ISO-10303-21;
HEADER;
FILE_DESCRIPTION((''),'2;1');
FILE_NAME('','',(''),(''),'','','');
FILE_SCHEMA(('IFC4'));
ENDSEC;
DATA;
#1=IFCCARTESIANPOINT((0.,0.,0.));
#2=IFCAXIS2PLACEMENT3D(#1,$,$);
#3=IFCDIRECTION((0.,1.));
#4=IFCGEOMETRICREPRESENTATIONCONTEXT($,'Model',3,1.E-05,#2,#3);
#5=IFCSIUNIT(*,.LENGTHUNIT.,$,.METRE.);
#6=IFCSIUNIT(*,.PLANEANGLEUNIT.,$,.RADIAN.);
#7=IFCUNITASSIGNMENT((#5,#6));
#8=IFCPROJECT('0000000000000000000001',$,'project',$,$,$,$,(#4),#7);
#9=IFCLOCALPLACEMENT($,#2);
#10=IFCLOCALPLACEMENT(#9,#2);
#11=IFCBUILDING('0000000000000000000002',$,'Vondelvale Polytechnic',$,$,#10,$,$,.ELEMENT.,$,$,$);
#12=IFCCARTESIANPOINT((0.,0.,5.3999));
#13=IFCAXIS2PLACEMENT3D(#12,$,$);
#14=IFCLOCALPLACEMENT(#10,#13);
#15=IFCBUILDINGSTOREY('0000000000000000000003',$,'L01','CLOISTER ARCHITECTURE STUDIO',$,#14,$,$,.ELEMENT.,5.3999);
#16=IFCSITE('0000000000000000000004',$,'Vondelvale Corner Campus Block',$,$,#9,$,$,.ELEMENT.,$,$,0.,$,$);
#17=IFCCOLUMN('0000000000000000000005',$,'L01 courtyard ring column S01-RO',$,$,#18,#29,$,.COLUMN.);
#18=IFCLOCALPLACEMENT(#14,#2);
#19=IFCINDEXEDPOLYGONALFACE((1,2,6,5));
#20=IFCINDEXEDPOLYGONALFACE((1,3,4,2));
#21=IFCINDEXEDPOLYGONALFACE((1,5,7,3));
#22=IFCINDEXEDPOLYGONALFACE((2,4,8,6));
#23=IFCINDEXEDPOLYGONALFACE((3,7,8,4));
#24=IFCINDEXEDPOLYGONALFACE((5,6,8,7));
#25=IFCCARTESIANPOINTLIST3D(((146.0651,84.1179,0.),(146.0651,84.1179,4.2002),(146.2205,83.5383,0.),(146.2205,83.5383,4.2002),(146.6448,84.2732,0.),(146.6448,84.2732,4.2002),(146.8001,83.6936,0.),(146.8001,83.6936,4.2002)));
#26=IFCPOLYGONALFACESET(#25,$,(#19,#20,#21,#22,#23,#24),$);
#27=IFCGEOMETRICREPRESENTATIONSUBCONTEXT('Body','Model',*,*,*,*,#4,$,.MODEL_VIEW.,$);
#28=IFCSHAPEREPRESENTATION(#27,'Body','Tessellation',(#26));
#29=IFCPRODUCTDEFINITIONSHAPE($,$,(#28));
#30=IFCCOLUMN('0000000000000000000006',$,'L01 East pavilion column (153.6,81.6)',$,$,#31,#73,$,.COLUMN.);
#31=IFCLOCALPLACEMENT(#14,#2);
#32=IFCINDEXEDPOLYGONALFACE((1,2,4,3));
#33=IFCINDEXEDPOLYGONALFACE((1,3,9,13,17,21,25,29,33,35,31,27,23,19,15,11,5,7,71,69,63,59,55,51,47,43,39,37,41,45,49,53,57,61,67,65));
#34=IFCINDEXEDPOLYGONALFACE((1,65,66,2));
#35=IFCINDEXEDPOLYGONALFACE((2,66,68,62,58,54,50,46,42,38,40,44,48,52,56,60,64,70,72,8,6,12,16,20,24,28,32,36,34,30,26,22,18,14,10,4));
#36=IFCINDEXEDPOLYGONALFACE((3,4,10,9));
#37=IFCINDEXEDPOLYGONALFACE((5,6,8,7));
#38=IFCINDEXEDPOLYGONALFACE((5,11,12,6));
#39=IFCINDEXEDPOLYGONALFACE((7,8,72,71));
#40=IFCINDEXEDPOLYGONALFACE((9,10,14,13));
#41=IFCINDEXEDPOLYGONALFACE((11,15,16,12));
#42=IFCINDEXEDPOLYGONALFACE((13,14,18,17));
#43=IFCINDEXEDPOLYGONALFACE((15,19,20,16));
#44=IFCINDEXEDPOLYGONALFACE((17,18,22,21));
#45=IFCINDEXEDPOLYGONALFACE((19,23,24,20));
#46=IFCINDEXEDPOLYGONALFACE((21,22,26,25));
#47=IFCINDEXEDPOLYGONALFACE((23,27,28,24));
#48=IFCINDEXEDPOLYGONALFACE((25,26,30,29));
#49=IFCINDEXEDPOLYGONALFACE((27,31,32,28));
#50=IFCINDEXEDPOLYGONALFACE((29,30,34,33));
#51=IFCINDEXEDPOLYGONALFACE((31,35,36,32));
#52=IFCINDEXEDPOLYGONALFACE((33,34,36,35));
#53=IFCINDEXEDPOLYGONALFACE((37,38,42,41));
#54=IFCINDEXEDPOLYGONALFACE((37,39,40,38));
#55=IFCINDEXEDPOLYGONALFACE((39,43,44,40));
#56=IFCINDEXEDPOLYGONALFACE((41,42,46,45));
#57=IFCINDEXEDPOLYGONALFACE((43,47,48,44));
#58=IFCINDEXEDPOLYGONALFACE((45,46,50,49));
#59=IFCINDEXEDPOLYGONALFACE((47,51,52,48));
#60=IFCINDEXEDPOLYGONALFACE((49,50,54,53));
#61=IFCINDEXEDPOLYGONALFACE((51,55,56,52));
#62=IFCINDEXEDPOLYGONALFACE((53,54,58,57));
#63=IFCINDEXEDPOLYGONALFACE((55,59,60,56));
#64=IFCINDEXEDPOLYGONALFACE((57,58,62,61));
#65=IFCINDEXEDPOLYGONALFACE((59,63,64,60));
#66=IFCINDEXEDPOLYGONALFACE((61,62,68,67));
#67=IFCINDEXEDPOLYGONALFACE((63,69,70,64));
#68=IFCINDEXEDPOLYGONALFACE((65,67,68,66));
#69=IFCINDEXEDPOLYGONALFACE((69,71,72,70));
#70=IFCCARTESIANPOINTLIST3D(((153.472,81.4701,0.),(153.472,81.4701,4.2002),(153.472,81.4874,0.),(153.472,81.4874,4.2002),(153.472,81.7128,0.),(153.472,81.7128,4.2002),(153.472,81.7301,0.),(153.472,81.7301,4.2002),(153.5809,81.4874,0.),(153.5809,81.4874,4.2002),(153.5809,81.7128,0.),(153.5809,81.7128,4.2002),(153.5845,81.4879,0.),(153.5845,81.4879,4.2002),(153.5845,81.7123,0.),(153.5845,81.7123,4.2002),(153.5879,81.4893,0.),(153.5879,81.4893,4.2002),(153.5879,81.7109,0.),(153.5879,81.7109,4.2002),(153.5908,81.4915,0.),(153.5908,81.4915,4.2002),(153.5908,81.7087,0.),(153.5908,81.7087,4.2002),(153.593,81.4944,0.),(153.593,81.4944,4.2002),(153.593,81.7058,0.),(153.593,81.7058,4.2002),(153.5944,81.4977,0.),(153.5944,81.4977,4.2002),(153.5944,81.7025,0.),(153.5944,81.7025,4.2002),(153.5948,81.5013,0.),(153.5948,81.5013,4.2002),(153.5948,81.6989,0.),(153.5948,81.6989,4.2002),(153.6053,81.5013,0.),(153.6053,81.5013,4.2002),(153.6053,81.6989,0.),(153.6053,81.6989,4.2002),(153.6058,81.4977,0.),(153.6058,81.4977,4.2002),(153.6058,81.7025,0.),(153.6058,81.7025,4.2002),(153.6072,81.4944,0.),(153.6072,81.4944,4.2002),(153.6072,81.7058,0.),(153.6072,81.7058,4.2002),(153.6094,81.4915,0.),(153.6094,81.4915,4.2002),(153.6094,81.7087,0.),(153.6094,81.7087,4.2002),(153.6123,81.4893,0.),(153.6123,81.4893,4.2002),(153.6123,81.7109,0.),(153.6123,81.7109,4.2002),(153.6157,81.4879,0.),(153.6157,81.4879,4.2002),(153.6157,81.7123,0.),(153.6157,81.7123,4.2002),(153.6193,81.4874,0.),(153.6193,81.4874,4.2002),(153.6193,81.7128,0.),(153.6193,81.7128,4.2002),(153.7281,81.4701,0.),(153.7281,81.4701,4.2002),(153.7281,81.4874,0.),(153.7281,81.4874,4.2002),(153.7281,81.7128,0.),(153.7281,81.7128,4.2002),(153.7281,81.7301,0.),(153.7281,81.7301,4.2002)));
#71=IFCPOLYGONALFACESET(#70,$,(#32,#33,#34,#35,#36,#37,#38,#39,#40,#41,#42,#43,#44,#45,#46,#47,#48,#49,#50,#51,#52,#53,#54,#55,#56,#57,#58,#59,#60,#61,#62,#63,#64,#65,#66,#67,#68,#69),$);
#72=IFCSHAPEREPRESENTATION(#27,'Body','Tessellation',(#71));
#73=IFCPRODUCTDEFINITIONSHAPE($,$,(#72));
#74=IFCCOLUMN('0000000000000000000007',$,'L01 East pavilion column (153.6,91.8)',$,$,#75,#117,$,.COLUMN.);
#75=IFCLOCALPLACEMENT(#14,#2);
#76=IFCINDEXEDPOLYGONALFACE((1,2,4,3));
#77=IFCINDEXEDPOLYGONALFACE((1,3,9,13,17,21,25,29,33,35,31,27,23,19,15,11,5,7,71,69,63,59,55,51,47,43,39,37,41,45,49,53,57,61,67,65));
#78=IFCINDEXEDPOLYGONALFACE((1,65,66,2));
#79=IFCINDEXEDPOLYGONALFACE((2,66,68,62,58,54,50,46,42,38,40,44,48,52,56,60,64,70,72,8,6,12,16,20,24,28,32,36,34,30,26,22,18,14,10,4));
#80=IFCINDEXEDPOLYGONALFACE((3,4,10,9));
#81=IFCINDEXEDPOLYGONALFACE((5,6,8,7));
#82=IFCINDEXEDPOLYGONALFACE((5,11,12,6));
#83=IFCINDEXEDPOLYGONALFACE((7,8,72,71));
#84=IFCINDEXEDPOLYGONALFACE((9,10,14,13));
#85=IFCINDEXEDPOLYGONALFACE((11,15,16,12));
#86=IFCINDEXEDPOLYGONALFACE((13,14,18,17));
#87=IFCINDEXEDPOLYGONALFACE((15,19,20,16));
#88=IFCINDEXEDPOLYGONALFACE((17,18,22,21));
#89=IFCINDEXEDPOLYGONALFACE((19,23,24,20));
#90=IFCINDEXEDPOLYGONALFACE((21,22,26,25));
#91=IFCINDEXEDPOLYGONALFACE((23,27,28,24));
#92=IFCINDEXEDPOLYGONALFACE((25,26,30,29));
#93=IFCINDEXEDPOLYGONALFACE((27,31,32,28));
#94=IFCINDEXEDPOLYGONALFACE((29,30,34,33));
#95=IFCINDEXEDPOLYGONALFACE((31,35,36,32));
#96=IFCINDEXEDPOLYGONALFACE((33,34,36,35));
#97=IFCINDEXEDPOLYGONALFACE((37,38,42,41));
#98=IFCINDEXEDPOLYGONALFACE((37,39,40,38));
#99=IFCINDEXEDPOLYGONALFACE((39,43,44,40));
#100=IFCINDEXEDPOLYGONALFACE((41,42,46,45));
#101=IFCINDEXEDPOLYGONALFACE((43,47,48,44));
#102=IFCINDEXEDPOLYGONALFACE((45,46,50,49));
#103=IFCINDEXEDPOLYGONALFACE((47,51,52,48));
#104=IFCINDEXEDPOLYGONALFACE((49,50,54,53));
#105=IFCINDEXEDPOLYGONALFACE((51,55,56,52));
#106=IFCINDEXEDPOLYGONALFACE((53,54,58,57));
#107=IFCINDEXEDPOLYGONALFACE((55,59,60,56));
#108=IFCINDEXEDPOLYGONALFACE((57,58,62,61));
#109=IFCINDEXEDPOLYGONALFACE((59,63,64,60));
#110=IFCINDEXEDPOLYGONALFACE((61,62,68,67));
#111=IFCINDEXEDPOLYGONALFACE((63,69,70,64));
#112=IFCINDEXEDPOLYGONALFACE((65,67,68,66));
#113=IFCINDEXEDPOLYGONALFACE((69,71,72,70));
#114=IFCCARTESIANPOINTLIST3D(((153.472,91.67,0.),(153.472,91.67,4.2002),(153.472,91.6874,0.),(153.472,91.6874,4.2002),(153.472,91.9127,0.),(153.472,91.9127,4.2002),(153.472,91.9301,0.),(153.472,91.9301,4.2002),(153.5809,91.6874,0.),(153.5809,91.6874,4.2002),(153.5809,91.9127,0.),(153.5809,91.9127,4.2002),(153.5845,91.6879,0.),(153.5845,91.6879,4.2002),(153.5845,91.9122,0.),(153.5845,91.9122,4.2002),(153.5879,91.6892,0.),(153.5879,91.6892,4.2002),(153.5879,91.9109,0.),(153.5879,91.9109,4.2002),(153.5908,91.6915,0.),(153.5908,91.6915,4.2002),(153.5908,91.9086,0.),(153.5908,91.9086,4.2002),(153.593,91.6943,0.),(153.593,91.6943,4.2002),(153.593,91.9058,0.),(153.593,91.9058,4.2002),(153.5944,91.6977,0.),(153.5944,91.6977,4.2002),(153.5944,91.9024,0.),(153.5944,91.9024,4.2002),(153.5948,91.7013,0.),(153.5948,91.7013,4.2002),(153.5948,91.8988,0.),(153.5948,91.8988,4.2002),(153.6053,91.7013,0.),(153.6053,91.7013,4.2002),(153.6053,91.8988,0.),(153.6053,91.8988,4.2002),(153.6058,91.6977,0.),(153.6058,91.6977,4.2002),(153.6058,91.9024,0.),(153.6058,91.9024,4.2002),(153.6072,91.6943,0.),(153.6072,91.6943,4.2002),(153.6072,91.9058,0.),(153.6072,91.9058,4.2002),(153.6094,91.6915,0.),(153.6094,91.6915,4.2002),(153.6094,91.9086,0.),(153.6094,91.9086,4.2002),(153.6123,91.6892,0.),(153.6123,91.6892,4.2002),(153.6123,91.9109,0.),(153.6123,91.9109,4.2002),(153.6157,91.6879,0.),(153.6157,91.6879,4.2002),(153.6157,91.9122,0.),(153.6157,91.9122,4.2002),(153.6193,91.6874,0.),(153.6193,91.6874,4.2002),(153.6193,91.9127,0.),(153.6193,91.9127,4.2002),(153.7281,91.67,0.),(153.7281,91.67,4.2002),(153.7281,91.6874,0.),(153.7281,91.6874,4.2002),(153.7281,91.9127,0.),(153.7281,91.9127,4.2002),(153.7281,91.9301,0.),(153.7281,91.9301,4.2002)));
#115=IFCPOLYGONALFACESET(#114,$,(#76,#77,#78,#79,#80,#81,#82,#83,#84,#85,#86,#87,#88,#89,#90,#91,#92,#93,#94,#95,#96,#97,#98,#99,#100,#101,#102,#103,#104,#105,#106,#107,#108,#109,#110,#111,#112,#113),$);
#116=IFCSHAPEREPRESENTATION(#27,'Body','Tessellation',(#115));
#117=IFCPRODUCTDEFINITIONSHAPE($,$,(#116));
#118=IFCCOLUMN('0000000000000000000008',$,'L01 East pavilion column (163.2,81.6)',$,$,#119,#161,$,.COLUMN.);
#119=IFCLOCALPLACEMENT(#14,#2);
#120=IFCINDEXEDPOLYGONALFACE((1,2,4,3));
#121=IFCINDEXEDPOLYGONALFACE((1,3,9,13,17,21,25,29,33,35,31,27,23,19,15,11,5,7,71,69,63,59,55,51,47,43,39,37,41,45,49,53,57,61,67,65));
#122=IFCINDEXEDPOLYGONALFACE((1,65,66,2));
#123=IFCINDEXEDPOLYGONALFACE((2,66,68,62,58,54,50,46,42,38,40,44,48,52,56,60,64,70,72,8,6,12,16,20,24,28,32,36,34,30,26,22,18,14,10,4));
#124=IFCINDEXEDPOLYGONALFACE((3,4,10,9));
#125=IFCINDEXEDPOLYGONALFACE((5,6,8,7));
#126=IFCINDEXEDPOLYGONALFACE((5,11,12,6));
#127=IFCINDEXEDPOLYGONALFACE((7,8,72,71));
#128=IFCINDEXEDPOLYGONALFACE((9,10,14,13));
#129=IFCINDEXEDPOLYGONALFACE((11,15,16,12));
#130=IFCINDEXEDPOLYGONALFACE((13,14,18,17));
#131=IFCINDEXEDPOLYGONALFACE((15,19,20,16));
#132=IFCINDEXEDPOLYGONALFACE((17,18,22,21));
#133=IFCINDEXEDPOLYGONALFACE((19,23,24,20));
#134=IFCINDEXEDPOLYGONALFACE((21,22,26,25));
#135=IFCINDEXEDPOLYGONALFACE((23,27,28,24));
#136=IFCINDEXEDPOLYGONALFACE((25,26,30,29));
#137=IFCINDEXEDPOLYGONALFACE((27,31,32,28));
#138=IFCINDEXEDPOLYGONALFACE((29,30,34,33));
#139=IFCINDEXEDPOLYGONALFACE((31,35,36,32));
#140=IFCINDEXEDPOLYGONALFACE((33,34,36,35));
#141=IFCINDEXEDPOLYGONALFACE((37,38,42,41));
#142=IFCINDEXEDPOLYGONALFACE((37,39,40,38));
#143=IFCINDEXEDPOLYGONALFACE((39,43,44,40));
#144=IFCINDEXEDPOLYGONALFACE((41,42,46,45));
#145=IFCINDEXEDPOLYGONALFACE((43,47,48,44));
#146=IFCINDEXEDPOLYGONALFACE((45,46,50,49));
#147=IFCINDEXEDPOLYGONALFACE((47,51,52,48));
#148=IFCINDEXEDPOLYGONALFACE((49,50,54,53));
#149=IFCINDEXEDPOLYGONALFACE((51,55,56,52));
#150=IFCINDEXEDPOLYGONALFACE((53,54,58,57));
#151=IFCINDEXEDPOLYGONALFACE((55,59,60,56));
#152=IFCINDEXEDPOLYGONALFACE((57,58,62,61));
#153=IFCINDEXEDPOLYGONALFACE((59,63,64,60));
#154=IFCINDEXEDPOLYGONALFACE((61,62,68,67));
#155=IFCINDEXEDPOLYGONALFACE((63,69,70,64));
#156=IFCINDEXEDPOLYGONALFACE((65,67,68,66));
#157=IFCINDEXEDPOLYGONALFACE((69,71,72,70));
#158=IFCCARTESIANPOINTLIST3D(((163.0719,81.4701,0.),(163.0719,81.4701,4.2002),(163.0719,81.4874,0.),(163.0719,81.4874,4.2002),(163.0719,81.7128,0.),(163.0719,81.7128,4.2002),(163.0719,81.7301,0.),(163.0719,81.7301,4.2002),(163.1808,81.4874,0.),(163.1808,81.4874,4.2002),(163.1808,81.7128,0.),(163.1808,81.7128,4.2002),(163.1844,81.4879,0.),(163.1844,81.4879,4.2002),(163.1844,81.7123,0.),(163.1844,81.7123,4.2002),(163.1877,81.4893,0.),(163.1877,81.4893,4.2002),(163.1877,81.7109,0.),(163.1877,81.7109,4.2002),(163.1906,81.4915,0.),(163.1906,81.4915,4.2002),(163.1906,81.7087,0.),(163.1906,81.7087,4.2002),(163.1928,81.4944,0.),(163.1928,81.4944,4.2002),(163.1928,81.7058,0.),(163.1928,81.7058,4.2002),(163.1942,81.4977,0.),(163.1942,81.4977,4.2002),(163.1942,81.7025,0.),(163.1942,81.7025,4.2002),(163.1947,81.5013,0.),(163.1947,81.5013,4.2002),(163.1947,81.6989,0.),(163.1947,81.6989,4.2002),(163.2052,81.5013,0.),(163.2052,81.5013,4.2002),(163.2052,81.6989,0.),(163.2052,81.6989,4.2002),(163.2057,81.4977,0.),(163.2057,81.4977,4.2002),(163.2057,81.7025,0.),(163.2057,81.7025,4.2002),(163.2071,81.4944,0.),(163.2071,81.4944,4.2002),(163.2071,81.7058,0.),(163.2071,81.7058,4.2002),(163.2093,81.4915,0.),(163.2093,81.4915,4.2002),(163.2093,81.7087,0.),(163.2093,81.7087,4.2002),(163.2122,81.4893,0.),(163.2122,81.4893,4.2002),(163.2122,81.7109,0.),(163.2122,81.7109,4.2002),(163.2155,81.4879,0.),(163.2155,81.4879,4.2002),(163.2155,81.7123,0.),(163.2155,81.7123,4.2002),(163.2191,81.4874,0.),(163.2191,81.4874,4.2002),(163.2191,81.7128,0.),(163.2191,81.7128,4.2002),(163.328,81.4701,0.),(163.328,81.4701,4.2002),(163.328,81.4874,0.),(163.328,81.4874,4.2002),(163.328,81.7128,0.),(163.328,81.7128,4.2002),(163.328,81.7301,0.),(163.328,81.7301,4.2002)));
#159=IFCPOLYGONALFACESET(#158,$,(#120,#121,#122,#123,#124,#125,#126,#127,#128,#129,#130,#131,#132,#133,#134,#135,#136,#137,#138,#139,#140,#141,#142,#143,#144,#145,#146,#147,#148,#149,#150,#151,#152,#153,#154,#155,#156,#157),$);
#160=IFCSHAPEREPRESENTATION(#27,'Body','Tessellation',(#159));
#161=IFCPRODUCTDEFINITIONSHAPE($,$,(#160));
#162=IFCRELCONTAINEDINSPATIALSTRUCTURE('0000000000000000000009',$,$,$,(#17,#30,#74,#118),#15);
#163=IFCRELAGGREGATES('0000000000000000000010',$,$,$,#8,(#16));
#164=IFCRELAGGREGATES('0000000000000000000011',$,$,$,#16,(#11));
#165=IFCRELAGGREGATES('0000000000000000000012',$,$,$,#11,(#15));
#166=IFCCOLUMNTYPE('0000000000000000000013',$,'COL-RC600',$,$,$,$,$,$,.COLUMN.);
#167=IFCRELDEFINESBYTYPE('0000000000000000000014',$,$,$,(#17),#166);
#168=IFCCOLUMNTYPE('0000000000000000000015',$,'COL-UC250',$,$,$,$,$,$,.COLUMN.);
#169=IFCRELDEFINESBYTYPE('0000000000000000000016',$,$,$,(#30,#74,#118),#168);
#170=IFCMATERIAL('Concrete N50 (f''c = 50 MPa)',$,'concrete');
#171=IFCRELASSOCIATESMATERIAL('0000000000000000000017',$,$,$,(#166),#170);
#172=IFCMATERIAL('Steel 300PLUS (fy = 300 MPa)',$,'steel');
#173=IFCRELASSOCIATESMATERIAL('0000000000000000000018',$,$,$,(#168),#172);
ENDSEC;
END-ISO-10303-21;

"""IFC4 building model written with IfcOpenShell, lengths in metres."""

from ifc_helpers import new_model, si_unit, direction, frame, origin, origin_2d, place, context, subcontext, project, spatial, rectangle, i_section, extrude, material, material_profile, profile_set, type_object, element, save


model = new_model("IFC4")

# Units and contexts
model_context = context("Model", 3, precision=1e-05, world=origin(), true_north=direction((0.0, 1.0)))
body_context = subcontext(model_context, "Body", "Model", "MODEL_VIEW")
ifc_project = project(units=[si_unit("LENGTHUNIT", "METRE"), si_unit("PLANEANGLEUNIT", "RADIAN")], contexts=[model_context])

# Site, building, storey
site_placement = place(None, origin())
site = spatial("IfcSite", under=ifc_project, at=site_placement, Name="Vondelvale Corner Campus Block", CompositionType="ELEMENT", RefElevation=0.0)
building_placement = place(site_placement, origin())
building = spatial("IfcBuilding", under=site, at=building_placement, Name="Vondelvale Polytechnic", CompositionType="ELEMENT")
storey_placement = place(building_placement, frame((0.0, 0.0, 5.3999)))
storey = spatial("IfcBuildingStorey", under=building, at=storey_placement, Name="L01", Description="CLOISTER ARCHITECTURE STUDIO", CompositionType="ELEMENT", Elevation=5.3999)

# Columns
ifc_material_1 = material(Name="Concrete N50 (f'c = 50 MPa)", Category="concrete")
ifc_material_profile_1 = material_profile(ifc_material_1, rectangle(XDim=0.6001, YDim=0.6001, at=origin_2d()), Name="RC-COL-600x600")
ifc_profile_set_1 = profile_set([ifc_material_profile_1], Name="Concrete N50 (f'c = 50 MPa)")
column_type_1 = type_object("IfcColumnType", Name="COL-RC600", PredefinedType="COLUMN", material=ifc_profile_set_1)
column_placement = place(storey_placement, frame((146.4326, 83.9058, 0.0), z_axis=(0.0, 0.0, 1.0), x_axis=(0.965926, 0.258819, 0.0)))
element("IfcColumn", 1, at=column_placement, inside=storey, type_object=column_type_1, Name="L01 courtyard ring column S01-RO", PredefinedType="COLUMN", context=body_context, shape_type="SweptSolid", body=[
    extrude(rectangle(XDim=0.6001, YDim=0.6001, at=origin_2d()), origin(), (0.0, 0.0, 1.0), 4.2002),
])
ifc_material_2 = material(Name="Steel 300PLUS (fy = 300 MPa)", Category="steel")
ifc_material_profile_2 = material_profile(ifc_material_2, i_section(OverallWidth=0.2561, OverallDepth=0.26, WebThickness=0.0105, FlangeThickness=0.0173, FilletRadius=0.0139, at=origin_2d()), Name="250UC89.5")
ifc_profile_set_2 = profile_set([ifc_material_profile_2], Name="Steel 300PLUS (fy = 300 MPa)")
column_type_2 = type_object("IfcColumnType", Name="COL-UC250", PredefinedType="COLUMN", material=ifc_profile_set_2)
for number, where, z_axis, x_axis, name in (
    (2, (153.6001, 81.6001, 0.0), (0.0, 0.0, 1.0), (1.0, 0.0, 0.0), "L01 East pavilion column (153.6,81.6)"),
    (3, (153.6001, 91.8, 0.0), (0.0, 0.0, 1.0), (1.0, 0.0, 0.0), "L01 East pavilion column (153.6,91.8)"),
    (4, (163.2, 81.6001, 0.0), (0.0, 0.0, 1.0), (1.0, 0.0, 0.0), "L01 East pavilion column (163.2,81.6)"),
):
    element("IfcColumn", number, at=place(storey_placement, frame(where, z_axis=z_axis, x_axis=x_axis)), inside=storey, type_object=column_type_2, Name=name, PredefinedType="COLUMN", context=body_context, shape_type="SweptSolid", body=[
        extrude(i_section(OverallWidth=0.2561, OverallDepth=0.26, WebThickness=0.0105, FlangeThickness=0.0173, FilletRadius=0.0139, at=origin_2d()), origin(), (0.0, 0.0, 1.0), 4.2002),
    ])

save(model, "model.ifc")
